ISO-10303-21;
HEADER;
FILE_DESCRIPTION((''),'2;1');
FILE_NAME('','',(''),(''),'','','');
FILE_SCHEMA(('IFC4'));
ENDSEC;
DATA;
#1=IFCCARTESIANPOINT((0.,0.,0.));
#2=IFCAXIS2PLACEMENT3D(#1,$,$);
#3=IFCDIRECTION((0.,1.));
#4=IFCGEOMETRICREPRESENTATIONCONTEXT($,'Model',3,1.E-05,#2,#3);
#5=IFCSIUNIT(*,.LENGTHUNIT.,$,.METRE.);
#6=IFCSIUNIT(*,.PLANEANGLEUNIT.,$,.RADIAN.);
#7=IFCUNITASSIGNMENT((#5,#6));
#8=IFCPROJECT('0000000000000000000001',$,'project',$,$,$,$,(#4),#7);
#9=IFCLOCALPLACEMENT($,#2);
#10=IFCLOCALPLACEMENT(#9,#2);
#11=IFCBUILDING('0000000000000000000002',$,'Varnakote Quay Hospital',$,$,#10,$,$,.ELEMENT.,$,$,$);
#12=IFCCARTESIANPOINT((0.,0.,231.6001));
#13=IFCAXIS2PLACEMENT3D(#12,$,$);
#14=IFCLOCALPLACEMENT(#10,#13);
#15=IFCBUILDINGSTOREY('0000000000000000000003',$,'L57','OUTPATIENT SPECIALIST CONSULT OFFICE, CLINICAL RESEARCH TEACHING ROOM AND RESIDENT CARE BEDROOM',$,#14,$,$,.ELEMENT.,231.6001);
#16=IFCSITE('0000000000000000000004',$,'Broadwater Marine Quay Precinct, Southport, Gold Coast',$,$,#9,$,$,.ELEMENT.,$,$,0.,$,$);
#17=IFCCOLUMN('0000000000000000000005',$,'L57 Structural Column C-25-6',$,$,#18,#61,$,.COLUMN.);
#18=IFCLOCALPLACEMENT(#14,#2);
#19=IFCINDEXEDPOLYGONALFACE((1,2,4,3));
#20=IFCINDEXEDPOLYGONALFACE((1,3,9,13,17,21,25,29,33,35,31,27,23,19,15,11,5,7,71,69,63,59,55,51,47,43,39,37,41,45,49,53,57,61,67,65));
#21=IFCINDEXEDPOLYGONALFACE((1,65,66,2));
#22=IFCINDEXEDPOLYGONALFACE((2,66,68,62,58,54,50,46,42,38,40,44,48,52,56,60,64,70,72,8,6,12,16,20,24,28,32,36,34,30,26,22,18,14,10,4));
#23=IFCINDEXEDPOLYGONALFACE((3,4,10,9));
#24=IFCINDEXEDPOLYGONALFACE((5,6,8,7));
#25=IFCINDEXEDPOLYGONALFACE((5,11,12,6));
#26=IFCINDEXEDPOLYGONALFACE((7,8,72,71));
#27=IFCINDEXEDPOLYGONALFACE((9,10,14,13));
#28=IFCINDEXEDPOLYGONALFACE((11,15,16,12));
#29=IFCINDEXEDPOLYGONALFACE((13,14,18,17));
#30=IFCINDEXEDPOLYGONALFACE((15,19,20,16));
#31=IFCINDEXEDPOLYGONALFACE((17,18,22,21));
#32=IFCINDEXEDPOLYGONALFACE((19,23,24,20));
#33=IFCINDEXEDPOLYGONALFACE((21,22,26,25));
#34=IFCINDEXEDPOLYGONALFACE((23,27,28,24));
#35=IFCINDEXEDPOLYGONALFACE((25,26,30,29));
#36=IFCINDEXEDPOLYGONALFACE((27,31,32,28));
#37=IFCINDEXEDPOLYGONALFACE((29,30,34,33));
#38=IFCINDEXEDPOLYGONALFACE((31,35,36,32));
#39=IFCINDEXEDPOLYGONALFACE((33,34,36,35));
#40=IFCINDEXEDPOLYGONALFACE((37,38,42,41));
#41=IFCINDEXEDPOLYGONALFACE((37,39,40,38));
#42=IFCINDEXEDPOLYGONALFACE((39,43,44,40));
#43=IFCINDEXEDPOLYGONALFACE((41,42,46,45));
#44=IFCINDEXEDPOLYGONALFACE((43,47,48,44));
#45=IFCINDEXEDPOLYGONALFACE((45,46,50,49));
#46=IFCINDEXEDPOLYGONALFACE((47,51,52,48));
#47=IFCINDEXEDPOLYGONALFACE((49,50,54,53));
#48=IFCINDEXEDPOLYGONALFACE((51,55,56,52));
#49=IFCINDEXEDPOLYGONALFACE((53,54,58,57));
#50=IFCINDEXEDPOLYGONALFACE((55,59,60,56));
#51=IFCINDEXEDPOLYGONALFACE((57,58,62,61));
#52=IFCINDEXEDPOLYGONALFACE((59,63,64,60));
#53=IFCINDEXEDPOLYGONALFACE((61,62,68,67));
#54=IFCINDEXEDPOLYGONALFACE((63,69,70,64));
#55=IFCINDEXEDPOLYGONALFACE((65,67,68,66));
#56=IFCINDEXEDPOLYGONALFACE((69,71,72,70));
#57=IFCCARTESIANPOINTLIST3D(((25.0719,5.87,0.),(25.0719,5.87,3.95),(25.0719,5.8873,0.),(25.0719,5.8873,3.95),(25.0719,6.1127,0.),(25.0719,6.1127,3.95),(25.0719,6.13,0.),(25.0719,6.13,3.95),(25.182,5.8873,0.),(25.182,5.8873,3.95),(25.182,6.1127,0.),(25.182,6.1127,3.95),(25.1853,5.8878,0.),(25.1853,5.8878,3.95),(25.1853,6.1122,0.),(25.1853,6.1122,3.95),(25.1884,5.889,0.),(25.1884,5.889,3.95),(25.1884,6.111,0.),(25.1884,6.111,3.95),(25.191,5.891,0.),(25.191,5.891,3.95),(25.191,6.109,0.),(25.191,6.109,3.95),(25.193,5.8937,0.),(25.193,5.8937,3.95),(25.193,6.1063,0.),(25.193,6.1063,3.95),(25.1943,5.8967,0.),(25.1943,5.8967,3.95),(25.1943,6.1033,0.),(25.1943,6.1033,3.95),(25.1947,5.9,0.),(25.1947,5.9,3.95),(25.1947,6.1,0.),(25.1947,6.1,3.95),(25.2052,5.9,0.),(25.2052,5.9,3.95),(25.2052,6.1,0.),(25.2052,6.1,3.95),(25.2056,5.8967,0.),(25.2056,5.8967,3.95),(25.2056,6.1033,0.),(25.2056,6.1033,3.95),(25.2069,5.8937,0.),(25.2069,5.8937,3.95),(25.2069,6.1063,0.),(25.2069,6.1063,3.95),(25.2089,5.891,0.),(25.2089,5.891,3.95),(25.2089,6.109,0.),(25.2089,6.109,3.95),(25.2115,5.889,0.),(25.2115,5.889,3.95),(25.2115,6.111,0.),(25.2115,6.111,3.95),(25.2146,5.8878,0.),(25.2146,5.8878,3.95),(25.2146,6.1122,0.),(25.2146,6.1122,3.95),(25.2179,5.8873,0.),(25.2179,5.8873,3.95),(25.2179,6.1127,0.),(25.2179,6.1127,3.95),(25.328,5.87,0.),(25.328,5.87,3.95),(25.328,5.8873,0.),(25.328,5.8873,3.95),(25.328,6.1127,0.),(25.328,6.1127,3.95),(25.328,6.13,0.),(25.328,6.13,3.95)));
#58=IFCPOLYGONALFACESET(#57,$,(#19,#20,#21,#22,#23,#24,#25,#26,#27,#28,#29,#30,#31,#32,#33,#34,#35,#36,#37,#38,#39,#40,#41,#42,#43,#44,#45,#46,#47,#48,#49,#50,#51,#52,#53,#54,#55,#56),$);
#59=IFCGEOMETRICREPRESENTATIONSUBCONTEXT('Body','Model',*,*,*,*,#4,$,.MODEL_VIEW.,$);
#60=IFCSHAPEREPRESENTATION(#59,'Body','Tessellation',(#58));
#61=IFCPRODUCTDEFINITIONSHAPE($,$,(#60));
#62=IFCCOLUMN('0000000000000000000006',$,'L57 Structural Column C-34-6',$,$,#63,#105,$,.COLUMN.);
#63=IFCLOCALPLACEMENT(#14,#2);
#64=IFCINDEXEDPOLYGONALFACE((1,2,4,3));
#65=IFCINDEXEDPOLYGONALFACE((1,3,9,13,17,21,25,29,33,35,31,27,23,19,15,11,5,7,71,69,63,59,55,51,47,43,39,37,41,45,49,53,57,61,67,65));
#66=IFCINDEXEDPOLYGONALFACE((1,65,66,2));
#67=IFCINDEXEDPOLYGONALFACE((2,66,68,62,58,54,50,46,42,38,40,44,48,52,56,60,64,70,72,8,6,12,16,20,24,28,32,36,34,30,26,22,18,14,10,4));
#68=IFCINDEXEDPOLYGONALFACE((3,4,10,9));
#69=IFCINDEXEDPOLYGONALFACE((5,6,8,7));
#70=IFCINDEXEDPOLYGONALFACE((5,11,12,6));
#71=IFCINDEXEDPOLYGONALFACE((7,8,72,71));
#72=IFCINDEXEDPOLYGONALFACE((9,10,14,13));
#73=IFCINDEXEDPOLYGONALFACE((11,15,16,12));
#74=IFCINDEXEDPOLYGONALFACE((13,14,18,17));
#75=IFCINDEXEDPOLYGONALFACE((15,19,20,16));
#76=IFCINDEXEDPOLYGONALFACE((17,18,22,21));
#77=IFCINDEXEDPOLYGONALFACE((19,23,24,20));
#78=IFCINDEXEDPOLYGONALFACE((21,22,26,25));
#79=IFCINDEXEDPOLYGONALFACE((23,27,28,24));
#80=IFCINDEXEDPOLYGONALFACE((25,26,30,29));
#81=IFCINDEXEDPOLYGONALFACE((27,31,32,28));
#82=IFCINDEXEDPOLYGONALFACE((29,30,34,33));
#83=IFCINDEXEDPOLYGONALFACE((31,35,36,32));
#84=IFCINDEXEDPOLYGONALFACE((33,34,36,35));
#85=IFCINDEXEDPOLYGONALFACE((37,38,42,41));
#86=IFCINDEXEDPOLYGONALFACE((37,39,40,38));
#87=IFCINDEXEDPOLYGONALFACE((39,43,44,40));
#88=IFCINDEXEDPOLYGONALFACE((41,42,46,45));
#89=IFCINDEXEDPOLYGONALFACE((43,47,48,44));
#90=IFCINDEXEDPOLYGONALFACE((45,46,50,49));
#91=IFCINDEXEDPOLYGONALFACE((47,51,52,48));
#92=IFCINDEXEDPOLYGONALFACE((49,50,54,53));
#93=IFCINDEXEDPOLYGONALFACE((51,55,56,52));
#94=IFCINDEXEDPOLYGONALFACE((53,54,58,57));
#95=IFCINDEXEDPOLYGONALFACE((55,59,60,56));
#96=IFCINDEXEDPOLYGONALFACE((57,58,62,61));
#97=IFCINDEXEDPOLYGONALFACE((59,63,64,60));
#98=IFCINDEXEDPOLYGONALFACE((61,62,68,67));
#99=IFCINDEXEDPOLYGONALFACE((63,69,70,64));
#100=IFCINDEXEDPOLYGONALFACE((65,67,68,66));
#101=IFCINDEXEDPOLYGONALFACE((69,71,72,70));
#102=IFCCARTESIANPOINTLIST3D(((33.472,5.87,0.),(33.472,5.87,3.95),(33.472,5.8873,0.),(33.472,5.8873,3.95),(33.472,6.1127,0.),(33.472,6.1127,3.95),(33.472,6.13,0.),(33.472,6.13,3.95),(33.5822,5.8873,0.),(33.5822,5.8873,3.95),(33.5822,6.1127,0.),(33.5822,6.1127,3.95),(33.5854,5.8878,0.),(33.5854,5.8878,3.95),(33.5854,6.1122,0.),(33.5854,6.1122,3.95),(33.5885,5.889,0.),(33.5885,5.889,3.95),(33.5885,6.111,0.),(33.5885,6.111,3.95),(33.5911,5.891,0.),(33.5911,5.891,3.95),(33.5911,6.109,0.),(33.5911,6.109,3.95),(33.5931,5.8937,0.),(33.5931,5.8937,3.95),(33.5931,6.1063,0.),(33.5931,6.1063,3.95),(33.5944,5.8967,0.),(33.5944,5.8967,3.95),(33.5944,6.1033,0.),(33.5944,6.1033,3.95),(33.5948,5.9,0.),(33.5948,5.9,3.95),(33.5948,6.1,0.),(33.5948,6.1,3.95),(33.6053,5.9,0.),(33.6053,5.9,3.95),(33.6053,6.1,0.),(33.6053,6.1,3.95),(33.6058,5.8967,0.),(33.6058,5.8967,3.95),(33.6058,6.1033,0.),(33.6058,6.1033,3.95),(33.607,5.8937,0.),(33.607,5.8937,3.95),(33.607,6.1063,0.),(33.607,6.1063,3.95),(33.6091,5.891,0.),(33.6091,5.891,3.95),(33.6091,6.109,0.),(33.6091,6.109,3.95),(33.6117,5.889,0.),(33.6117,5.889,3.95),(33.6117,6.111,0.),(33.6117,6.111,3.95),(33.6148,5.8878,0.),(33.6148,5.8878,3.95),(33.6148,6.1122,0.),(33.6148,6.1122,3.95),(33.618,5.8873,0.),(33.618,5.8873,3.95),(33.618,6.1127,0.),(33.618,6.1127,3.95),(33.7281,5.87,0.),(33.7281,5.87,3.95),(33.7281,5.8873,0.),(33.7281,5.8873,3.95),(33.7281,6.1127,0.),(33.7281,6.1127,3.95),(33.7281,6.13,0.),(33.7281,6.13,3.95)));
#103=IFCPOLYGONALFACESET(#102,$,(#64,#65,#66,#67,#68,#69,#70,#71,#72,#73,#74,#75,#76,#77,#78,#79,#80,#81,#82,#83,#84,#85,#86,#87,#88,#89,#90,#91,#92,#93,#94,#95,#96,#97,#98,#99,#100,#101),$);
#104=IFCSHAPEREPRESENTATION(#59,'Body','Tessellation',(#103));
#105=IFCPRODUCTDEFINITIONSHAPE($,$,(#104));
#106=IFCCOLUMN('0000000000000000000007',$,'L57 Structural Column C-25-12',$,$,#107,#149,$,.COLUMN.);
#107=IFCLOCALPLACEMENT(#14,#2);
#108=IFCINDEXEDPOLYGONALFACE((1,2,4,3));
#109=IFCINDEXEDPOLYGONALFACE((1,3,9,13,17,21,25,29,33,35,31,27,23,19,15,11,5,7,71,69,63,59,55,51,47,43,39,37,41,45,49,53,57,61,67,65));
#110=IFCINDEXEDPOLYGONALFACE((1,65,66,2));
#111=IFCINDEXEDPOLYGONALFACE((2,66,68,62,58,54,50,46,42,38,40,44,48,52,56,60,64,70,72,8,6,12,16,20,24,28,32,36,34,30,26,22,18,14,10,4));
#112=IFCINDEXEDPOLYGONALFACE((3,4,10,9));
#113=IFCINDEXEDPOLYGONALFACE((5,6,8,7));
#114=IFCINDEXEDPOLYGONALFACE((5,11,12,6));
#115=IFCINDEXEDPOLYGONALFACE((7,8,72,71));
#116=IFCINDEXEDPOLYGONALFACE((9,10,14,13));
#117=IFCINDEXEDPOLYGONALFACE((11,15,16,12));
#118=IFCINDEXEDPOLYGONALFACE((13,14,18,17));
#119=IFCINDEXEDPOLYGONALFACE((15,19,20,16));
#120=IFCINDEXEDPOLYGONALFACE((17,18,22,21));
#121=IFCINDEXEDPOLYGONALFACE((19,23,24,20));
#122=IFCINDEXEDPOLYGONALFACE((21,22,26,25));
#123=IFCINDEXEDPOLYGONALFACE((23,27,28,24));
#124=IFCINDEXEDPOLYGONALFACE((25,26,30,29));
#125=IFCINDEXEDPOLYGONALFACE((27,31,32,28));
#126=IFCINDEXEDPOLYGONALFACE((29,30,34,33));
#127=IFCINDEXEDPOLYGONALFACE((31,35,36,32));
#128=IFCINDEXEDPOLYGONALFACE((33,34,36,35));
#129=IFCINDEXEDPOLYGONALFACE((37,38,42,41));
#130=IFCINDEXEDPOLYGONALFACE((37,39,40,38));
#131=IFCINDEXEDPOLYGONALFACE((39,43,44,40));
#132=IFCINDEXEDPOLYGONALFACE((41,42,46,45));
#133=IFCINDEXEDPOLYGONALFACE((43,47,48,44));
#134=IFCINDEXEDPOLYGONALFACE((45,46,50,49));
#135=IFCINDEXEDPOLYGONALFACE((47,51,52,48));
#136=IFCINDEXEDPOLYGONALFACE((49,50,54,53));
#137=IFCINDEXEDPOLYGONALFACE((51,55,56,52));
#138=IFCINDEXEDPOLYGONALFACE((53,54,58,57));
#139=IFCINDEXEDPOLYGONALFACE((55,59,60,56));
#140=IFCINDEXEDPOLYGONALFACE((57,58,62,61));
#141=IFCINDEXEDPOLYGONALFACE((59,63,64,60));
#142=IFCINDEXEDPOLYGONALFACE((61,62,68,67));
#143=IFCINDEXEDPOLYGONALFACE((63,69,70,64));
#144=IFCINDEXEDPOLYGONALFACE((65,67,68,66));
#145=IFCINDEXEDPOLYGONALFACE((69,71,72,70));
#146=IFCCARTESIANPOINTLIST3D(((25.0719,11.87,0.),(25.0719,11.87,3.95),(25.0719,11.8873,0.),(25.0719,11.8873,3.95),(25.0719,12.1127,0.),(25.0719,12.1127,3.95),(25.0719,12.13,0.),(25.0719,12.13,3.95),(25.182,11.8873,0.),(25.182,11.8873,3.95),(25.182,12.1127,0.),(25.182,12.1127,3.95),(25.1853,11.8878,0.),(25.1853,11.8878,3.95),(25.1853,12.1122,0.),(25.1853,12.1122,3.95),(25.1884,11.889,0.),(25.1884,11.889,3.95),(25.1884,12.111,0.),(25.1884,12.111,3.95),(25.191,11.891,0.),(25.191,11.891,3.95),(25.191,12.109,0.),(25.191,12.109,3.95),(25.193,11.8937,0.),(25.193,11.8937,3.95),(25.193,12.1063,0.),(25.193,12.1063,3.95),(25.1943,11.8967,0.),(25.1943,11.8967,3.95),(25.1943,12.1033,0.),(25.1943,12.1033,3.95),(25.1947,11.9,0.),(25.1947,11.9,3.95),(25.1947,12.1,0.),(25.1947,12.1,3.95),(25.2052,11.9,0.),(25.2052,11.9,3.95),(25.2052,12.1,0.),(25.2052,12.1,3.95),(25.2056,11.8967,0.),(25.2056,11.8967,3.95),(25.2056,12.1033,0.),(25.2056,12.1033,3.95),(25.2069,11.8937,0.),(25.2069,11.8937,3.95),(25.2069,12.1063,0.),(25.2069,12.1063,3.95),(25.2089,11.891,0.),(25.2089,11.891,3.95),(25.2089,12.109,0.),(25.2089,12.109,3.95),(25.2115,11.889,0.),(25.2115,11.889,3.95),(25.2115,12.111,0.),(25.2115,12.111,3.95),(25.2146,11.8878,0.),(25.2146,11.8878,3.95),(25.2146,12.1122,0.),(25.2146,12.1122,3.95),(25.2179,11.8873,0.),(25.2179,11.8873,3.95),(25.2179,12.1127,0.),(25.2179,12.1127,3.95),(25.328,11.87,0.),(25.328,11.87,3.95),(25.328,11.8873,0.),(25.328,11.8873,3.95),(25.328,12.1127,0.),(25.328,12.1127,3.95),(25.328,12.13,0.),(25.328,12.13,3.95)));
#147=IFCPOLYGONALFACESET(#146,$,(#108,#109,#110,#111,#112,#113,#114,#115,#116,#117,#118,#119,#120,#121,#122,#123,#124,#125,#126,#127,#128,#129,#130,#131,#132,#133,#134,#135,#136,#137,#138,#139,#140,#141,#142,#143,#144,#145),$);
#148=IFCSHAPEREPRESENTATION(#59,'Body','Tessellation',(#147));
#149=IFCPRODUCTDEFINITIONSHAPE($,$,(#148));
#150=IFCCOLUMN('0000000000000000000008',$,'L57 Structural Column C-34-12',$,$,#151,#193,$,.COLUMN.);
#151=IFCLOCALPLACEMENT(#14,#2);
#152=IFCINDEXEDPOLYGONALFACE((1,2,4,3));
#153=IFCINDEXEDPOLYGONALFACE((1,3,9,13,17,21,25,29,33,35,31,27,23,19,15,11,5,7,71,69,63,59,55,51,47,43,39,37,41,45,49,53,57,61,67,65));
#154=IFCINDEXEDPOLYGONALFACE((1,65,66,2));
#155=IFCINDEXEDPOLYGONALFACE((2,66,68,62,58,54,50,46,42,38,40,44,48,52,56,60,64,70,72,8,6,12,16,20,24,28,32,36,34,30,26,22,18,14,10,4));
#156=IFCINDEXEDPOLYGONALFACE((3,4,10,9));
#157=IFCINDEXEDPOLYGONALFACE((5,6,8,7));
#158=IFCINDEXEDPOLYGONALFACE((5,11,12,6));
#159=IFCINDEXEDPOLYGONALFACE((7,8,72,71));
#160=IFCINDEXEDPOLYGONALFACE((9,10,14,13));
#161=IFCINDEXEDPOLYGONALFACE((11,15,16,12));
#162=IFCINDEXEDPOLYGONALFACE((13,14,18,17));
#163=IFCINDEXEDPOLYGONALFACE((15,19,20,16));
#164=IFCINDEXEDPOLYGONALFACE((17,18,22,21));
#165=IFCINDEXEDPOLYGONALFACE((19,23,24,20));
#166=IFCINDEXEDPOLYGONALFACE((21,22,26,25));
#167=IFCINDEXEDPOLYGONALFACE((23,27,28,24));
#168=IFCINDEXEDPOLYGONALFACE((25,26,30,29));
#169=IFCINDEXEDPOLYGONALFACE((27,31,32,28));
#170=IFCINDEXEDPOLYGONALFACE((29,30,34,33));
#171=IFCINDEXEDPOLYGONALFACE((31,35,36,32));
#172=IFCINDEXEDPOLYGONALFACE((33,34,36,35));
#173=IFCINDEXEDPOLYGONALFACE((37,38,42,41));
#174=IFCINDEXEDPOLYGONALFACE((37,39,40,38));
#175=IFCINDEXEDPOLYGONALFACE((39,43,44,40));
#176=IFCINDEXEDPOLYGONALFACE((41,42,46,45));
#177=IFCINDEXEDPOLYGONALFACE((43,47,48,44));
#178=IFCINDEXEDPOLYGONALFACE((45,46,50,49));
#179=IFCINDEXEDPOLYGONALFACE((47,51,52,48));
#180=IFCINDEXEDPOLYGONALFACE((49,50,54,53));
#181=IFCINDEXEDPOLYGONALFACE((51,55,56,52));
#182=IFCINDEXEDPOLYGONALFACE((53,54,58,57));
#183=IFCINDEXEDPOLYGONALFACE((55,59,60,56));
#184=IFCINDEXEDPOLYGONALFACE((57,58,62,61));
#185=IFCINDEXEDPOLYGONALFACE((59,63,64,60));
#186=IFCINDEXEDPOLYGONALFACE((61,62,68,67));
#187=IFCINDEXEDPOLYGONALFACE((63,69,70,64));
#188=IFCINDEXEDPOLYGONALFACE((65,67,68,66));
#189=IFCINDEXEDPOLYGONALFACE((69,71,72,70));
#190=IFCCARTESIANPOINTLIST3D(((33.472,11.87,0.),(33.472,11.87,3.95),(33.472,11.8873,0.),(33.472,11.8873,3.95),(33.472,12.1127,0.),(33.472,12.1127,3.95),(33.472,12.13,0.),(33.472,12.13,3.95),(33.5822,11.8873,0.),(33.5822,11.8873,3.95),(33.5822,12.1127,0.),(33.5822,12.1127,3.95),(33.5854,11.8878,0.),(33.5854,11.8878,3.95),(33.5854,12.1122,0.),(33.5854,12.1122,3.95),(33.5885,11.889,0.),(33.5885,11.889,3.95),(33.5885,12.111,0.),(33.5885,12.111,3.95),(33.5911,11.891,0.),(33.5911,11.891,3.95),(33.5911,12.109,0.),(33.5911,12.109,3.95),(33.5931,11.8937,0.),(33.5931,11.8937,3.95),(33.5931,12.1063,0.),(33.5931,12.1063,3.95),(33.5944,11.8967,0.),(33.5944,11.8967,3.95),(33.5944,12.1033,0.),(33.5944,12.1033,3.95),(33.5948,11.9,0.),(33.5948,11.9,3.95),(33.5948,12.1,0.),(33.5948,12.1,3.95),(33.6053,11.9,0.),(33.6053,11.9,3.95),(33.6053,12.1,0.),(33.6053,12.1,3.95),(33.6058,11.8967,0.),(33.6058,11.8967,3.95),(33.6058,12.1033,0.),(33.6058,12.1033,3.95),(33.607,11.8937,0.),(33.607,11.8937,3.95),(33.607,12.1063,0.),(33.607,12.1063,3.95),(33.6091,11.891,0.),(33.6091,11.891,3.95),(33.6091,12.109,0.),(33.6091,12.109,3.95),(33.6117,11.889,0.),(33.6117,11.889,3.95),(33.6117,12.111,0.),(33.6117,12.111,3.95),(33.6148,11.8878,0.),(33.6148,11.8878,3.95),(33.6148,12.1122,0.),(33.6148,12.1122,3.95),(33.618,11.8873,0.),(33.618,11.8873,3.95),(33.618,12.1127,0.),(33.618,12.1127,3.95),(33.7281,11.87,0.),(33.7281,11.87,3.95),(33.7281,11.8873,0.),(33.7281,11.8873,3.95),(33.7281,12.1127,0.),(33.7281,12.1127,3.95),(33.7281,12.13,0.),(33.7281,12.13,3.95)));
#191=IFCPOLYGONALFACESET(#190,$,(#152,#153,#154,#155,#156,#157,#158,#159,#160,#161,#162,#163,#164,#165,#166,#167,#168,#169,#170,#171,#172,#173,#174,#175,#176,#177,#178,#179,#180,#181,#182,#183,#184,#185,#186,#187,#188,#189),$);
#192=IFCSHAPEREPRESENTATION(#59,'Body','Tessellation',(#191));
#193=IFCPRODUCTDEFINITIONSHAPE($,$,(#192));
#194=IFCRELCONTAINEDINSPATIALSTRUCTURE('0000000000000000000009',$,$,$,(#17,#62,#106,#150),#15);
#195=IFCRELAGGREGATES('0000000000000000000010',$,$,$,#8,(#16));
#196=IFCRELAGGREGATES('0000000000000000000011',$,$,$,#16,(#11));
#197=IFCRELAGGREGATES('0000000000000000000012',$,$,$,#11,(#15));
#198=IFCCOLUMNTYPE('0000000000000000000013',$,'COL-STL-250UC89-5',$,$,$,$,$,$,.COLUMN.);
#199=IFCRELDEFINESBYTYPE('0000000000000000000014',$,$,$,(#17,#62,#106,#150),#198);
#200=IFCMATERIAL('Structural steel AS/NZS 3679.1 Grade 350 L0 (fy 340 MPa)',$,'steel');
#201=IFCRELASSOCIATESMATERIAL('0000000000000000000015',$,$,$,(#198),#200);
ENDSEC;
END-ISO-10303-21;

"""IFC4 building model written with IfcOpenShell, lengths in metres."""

from ifc_helpers import new_model, si_unit, direction, frame, origin, origin_2d, place, context, subcontext, project, spatial, i_section, extrude, material, material_profile, profile_set, type_object, element, save


model = new_model("IFC4")

# Units and contexts
model_context = context("Model", 3, precision=1e-05, world=origin(), true_north=direction((0.0, 1.0)))
body_context = subcontext(model_context, "Body", "Model", "MODEL_VIEW")
ifc_project = project(units=[si_unit("LENGTHUNIT", "METRE"), si_unit("PLANEANGLEUNIT", "RADIAN")], contexts=[model_context])

# Site, building, storey
site_placement = place(None, origin())
site = spatial("IfcSite", under=ifc_project, at=site_placement, Name="Broadwater Marine Quay Precinct, Southport, Gold Coast", CompositionType="ELEMENT", RefElevation=0.0)
building_placement = place(site_placement, origin())
building = spatial("IfcBuilding", under=site, at=building_placement, Name="Varnakote Quay Hospital", CompositionType="ELEMENT")
storey_placement = place(building_placement, frame((0.0, 0.0, 231.6001)))
storey = spatial("IfcBuildingStorey", under=building, at=storey_placement, Name="L57", Description="OUTPATIENT SPECIALIST CONSULT OFFICE, CLINICAL RESEARCH TEACHING ROOM AND RESIDENT CARE BEDROOM", CompositionType="ELEMENT", Elevation=231.6001)

# Columns
ifc_material_1 = material(Name="Structural steel AS/NZS 3679.1 Grade 350 L0 (fy 340 MPa)", Category="steel")
ifc_material_profile_1 = material_profile(ifc_material_1, i_section(OverallWidth=0.2561, OverallDepth=0.26, WebThickness=0.0105, FlangeThickness=0.0173, FilletRadius=0.0127, at=origin_2d()), Name="250UC89.5")
ifc_profile_set_1 = profile_set([ifc_material_profile_1], Name="Structural steel AS/NZS 3679.1 Grade 350 L0 (fy 340 MPa)")
column_type = type_object("IfcColumnType", Name="COL-STL-250UC89-5", PredefinedType="COLUMN", material=ifc_profile_set_1)
for number, where, z_axis, x_axis, name in (
    (1, (25.2, 6.0, 0.0), (0.0, 0.0, 1.0), (1.0, 0.0, 0.0), "L57 Structural Column C-25-6"),
    (2, (33.6001, 6.0, 0.0), (0.0, 0.0, 1.0), (1.0, 0.0, 0.0), "L57 Structural Column C-34-6"),
    (3, (25.2, 12.0, 0.0), (0.0, 0.0, 1.0), (1.0, 0.0, 0.0), "L57 Structural Column C-25-12"),
    (4, (33.6001, 12.0, 0.0), (0.0, 0.0, 1.0), (1.0, 0.0, 0.0), "L57 Structural Column C-34-12"),
):
    element("IfcColumn", number, at=place(storey_placement, frame(where, z_axis=z_axis, x_axis=x_axis)), inside=storey, type_object=column_type, Name=name, PredefinedType="COLUMN", context=body_context, shape_type="SweptSolid", body=[
        extrude(i_section(OverallWidth=0.2561, OverallDepth=0.26, WebThickness=0.0105, FlangeThickness=0.0173, FilletRadius=0.0127, at=origin_2d()), origin(), (0.0, 0.0, 1.0), 3.95),
    ])

save(model, "model.ifc")
